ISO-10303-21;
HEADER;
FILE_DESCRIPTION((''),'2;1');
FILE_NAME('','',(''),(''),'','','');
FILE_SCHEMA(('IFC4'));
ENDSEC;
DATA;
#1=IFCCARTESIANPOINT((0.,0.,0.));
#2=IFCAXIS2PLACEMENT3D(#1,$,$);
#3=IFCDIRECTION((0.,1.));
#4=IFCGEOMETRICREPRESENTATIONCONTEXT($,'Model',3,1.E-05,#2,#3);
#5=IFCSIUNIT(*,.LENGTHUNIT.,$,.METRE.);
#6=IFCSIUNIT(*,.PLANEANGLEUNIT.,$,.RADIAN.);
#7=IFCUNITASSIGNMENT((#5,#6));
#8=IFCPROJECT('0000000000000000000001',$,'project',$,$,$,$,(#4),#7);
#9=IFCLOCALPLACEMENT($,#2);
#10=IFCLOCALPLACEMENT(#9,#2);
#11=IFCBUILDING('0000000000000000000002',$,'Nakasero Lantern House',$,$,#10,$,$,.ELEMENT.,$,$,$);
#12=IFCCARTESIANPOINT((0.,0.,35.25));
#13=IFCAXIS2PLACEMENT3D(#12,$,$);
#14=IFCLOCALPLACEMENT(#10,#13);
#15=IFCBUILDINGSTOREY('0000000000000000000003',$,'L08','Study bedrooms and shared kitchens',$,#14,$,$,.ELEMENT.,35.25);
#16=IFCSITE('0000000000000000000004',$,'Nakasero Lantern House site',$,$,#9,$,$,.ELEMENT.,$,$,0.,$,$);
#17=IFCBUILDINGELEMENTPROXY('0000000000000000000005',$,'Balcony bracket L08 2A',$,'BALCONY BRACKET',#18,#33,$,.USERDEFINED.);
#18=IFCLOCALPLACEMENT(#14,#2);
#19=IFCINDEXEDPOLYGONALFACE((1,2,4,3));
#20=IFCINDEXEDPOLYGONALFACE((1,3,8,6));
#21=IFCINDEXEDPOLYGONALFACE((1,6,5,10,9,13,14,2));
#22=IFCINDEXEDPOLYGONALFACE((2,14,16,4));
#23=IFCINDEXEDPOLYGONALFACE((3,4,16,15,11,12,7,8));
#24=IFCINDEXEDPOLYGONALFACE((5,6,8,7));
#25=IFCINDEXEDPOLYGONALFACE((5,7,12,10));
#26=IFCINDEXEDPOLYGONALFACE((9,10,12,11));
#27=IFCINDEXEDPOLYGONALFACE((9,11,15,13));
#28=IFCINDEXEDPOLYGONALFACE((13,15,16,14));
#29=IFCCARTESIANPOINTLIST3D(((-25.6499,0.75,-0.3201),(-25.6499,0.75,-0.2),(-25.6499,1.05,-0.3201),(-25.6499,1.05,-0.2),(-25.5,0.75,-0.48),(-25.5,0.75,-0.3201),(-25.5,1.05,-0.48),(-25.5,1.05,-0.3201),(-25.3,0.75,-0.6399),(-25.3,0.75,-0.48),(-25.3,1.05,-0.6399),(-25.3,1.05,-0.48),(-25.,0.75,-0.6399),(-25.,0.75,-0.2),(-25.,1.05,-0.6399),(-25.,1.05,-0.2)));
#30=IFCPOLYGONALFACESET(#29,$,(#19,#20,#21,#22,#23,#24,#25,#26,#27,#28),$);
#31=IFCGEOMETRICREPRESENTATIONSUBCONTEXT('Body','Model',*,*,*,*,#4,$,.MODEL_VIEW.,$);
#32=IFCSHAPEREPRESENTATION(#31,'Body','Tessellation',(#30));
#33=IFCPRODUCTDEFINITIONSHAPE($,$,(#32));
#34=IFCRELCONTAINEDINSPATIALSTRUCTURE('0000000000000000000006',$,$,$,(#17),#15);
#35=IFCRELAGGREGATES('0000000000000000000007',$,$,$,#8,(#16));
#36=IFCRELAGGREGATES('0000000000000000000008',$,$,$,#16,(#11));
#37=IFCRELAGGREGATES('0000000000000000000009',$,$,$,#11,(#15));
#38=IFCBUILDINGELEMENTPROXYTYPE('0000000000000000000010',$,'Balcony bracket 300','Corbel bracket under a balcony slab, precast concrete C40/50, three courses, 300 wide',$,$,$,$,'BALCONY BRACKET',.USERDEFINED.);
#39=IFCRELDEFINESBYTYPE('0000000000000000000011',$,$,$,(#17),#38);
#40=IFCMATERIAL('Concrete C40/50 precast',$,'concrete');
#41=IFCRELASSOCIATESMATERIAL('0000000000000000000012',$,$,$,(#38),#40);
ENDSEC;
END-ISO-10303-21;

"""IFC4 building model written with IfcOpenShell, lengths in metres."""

from ifc_helpers import new_model, si_unit, direction, frame, origin, place, context, subcontext, project, spatial, polyline, outline, extrude, material, type_object, element, save


model = new_model("IFC4")

# Units and contexts
model_context = context("Model", 3, precision=1e-05, world=origin(), true_north=direction((0.0, 1.0)))
body_context = subcontext(model_context, "Body", "Model", "MODEL_VIEW")
ifc_project = project(units=[si_unit("LENGTHUNIT", "METRE"), si_unit("PLANEANGLEUNIT", "RADIAN")], contexts=[model_context])

# Site, building, storey
site_placement = place(None, origin())
site = spatial("IfcSite", under=ifc_project, at=site_placement, Name="Nakasero Lantern House site", CompositionType="ELEMENT", RefElevation=0.0)
building_placement = place(site_placement, origin())
building = spatial("IfcBuilding", under=site, at=building_placement, Name="Nakasero Lantern House", CompositionType="ELEMENT")
storey_placement = place(building_placement, frame((0.0, 0.0, 35.25)))
storey = spatial("IfcBuildingStorey", under=building, at=storey_placement, Name="L08", Description="Study bedrooms and shared kitchens", CompositionType="ELEMENT", Elevation=35.25)

# Building element proxy
ifc_material_1 = material(Name="Concrete C40/50 precast", Category="concrete")
building_element_proxy_type = type_object("IfcBuildingElementProxyType", Name="Balcony bracket 300", Description="Corbel bracket under a balcony slab, precast concrete C40/50, three courses, 300 wide", ElementType="BALCONY BRACKET", PredefinedType="USERDEFINED", material=ifc_material_1)
proxy_placement = place(storey_placement, frame((-25.0, 0.8999, -0.2), z_axis=(0.0, 0.0, 1.0), x_axis=(-1.0, 0.0, 0.0)))
element("IfcBuildingElementProxy", 1, at=proxy_placement, inside=storey, type_object=building_element_proxy_type, Name="Balcony bracket L08 2A", ObjectType="BALCONY BRACKET", PredefinedType="USERDEFINED", context=body_context, shape_type="SweptSolid", body=[
    extrude(outline(polyline([(0.0, 0.0), (0.6499, 0.0), (0.6499, -0.1201), (0.5, -0.1201), (0.5, -0.28), (0.3, -0.28), (0.3, -0.4399), (0.0, -0.4399), (0.0, 0.0)])), frame((0.0, 0.1499, 0.0), z_axis=(0.0, -1.0, 0.0), x_axis=(1.0, 0.0, 0.0)), (0.0, 0.0, 1.0), 0.3),
])

save(model, "model.ifc")
